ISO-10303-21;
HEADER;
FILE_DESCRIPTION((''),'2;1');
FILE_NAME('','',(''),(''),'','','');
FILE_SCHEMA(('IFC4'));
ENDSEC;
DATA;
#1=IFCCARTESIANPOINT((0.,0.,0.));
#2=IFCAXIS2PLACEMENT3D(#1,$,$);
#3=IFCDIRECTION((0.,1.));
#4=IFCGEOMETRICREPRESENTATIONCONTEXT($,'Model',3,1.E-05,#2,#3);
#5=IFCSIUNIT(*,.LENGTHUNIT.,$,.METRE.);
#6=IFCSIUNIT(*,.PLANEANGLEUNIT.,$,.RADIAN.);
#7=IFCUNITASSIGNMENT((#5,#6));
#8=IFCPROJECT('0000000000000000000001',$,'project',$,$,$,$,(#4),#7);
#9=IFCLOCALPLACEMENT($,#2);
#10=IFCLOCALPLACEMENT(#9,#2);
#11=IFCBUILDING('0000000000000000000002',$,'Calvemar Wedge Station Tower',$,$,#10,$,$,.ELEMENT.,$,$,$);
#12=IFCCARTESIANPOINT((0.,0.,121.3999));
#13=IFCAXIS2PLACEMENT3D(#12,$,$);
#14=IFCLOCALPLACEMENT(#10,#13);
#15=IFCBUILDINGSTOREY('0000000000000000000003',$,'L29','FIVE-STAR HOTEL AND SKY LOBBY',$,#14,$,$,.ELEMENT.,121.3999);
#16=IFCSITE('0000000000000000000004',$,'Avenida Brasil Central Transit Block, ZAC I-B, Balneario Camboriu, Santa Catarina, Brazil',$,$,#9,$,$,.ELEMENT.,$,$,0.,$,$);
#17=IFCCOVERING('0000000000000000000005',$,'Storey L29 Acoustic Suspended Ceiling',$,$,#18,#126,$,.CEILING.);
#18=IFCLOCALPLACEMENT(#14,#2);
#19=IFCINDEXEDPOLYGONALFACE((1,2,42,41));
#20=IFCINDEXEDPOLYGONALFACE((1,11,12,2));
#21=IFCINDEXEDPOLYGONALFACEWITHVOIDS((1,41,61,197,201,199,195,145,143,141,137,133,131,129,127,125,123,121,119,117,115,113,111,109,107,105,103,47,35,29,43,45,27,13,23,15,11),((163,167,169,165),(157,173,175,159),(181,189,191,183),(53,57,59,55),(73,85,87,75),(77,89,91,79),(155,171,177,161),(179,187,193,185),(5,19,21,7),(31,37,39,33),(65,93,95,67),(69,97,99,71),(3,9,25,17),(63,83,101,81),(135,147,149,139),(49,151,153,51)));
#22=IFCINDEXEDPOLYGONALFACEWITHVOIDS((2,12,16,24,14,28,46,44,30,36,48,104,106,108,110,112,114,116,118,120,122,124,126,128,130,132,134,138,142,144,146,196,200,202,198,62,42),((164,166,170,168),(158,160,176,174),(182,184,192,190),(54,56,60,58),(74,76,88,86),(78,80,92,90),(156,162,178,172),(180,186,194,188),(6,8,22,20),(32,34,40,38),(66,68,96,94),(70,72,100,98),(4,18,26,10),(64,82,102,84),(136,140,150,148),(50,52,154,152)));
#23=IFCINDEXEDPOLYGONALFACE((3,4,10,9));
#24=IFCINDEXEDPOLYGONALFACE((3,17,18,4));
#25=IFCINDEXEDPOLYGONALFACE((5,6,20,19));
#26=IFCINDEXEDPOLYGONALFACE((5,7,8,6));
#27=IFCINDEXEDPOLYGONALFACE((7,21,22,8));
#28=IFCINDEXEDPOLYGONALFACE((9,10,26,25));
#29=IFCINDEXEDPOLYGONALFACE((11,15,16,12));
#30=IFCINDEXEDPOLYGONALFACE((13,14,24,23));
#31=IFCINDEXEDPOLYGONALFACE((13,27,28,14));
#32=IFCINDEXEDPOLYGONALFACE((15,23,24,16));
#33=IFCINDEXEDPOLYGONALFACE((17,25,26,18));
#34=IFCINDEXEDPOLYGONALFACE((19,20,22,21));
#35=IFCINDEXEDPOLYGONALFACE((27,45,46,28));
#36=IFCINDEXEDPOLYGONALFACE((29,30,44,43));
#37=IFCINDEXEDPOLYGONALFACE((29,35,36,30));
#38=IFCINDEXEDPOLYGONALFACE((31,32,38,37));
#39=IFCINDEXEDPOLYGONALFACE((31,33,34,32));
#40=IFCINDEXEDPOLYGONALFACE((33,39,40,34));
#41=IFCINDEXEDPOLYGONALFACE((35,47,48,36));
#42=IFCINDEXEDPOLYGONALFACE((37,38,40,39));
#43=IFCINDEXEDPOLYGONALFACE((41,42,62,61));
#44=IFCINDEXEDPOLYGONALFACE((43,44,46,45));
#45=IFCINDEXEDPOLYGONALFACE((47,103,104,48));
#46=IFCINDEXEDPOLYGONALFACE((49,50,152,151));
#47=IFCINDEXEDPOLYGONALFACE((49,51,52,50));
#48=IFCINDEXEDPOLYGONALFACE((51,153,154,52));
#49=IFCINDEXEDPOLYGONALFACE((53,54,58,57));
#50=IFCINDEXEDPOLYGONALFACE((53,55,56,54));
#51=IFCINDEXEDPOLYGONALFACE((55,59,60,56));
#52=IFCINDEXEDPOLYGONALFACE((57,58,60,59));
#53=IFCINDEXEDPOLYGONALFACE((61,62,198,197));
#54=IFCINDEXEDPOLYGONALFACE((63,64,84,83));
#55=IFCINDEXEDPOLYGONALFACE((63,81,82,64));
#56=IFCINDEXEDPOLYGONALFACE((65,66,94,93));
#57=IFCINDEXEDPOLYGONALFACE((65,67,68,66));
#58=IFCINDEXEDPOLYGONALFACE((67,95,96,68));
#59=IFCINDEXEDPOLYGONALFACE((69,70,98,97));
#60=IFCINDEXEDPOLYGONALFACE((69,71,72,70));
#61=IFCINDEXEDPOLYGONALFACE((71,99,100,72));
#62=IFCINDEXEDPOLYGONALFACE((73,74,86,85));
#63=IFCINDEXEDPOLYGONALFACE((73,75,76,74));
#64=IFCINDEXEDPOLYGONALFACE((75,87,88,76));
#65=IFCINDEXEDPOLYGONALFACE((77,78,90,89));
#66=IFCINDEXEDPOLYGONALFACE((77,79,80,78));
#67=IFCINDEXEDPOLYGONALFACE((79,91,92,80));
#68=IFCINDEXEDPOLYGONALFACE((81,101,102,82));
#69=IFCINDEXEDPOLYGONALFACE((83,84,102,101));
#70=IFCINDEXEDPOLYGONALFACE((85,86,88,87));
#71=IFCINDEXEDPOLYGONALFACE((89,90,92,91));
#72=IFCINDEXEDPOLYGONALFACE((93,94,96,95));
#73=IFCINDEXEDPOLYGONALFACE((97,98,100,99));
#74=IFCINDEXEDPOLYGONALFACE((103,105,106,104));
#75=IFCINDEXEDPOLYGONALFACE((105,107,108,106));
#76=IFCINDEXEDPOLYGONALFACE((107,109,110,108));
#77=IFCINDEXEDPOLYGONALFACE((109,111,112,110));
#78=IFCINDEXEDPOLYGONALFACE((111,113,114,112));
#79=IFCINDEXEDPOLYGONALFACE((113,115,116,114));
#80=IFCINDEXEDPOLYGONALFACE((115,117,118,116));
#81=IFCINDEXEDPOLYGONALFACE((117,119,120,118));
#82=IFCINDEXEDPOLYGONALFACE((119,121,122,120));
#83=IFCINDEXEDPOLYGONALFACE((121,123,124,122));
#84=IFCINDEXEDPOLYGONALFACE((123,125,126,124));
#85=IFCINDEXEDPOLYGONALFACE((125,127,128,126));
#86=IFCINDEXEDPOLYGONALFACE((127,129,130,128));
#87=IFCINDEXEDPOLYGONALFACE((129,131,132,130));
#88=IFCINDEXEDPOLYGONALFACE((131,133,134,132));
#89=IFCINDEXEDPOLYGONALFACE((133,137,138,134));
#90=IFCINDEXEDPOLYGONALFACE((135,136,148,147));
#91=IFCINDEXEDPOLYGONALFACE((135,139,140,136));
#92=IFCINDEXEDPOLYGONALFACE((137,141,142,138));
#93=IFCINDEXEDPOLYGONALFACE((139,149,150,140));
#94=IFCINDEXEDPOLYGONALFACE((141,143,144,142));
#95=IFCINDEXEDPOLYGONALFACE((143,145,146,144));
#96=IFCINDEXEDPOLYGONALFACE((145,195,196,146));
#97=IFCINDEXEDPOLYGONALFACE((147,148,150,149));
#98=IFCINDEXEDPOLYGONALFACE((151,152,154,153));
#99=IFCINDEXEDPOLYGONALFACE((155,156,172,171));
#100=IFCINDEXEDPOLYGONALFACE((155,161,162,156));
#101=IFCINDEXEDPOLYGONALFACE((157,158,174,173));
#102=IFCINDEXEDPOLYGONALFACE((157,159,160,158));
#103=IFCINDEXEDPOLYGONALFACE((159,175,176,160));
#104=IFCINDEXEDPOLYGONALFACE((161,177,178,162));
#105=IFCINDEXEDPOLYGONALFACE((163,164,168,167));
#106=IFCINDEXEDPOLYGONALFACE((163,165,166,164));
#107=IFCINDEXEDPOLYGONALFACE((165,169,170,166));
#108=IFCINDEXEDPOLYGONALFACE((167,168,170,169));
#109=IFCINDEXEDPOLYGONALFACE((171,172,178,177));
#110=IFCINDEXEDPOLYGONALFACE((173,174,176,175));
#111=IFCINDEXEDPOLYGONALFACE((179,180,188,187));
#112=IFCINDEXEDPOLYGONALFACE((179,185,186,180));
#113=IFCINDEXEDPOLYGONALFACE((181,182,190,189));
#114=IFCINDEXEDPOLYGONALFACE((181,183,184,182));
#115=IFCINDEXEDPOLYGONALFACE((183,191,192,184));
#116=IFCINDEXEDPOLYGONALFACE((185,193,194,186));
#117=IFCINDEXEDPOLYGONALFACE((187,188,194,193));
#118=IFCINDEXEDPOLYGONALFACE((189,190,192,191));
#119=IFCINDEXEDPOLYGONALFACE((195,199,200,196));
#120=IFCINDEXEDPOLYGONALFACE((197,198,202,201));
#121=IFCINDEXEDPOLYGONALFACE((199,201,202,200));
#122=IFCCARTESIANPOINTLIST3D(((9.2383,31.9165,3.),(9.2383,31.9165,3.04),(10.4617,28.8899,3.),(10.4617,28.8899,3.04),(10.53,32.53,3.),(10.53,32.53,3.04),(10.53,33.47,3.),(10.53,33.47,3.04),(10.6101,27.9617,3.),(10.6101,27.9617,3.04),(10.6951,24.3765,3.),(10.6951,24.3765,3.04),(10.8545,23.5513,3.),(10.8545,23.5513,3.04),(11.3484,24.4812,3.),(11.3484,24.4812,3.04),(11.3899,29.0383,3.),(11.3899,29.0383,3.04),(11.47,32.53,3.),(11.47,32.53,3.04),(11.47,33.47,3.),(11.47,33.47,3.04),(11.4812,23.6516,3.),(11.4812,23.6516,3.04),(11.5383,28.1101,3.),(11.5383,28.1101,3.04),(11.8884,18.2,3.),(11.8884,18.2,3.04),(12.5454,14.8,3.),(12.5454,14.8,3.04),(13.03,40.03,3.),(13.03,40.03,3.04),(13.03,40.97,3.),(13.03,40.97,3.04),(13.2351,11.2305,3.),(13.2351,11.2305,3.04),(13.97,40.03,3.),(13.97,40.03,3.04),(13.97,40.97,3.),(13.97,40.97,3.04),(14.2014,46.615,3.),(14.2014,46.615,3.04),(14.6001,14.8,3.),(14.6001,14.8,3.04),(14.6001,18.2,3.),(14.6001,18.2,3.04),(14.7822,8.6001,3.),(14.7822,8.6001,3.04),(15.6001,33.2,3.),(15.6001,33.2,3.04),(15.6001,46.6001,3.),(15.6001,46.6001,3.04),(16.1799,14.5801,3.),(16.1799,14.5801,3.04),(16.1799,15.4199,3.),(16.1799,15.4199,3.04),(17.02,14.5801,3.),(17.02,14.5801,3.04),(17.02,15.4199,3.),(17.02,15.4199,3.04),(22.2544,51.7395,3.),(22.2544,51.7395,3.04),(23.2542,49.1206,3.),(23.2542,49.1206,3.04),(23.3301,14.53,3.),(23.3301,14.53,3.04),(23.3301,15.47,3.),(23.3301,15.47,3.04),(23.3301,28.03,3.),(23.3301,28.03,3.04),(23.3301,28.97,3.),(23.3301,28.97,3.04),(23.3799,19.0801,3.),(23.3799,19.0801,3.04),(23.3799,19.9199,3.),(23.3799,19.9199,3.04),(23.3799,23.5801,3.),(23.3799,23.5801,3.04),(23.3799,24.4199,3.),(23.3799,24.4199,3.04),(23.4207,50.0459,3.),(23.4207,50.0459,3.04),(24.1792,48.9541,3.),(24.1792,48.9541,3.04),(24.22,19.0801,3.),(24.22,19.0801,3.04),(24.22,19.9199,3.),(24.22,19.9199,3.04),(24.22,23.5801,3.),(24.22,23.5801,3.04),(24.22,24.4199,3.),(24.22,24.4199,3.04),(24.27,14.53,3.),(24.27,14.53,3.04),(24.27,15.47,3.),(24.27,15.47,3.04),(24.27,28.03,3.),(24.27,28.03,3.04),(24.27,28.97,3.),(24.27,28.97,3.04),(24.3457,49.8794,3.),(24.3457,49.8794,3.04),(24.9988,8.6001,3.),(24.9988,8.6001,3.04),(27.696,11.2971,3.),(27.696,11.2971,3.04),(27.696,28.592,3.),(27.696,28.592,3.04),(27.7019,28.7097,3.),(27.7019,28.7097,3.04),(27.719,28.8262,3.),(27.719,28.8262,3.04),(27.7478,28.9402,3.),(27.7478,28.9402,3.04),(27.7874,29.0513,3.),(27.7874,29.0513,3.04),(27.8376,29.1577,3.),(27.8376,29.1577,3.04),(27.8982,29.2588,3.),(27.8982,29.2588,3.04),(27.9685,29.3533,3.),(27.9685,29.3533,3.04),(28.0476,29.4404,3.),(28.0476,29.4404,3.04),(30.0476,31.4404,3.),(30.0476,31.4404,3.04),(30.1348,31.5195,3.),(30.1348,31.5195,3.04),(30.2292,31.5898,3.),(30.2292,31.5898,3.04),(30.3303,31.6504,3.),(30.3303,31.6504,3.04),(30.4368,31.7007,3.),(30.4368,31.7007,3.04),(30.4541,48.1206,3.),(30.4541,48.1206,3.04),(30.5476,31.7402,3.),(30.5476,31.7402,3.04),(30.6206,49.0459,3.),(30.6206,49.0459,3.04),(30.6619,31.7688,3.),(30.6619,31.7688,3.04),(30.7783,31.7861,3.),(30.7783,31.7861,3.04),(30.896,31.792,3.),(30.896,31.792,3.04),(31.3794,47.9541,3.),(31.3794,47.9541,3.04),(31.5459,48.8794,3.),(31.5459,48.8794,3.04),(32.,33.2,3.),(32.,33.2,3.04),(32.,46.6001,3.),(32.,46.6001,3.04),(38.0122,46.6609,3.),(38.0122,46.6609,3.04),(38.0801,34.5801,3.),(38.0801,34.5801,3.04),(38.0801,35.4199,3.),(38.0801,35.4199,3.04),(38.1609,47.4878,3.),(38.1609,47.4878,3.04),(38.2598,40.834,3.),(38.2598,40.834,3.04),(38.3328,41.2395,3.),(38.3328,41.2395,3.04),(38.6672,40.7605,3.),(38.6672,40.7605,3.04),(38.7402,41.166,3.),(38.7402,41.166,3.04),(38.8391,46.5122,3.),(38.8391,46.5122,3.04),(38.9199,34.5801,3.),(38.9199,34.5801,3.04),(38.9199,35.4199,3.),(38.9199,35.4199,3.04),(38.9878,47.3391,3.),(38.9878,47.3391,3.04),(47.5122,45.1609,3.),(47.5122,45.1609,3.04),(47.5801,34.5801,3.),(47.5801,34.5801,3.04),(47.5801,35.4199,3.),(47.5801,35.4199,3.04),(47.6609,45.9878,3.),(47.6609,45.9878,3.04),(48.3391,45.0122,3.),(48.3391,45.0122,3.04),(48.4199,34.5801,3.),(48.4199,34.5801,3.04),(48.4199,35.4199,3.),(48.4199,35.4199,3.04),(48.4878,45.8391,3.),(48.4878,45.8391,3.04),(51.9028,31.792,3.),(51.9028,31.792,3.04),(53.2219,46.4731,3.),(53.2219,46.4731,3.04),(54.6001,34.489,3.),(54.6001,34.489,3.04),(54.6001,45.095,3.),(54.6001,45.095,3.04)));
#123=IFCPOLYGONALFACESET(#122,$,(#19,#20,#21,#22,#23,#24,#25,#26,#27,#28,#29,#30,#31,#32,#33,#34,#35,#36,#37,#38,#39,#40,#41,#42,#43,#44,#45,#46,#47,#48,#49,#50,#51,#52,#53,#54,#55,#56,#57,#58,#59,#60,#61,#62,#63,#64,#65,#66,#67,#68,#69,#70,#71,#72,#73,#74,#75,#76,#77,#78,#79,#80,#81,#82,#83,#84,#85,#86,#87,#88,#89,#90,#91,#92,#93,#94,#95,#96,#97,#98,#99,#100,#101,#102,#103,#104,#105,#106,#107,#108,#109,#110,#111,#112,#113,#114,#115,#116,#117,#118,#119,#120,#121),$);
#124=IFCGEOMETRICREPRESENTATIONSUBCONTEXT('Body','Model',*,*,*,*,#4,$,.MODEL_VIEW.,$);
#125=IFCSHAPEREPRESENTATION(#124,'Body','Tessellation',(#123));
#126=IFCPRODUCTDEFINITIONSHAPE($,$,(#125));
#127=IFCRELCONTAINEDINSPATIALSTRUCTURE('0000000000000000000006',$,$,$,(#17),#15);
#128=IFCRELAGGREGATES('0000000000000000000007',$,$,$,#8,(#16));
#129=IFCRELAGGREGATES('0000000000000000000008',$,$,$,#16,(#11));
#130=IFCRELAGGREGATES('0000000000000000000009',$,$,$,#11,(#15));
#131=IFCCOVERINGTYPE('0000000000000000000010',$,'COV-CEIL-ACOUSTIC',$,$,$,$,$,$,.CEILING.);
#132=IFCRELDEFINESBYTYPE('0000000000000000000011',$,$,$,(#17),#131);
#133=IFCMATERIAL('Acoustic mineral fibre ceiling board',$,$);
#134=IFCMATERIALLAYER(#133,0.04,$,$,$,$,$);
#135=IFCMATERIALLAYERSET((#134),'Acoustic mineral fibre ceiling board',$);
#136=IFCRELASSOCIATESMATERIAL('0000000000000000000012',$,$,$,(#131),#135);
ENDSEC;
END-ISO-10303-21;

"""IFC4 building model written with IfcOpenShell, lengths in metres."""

from ifc_helpers import new_model, si_unit, direction, frame, origin, place, context, subcontext, project, spatial, polyline, outline, extrude, material, layer, layer_set, type_object, element, save


model = new_model("IFC4")

# Units and contexts
model_context = context("Model", 3, precision=1e-05, world=origin(), true_north=direction((0.0, 1.0)))
body_context = subcontext(model_context, "Body", "Model", "MODEL_VIEW")
ifc_project = project(units=[si_unit("LENGTHUNIT", "METRE"), si_unit("PLANEANGLEUNIT", "RADIAN")], contexts=[model_context])

# Site, building, storey
site_placement = place(None, origin())
site = spatial("IfcSite", under=ifc_project, at=site_placement, Name="Avenida Brasil Central Transit Block, ZAC I-B, Balneario Camboriu, Santa Catarina, Brazil", CompositionType="ELEMENT", RefElevation=0.0)
building_placement = place(site_placement, origin())
building = spatial("IfcBuilding", under=site, at=building_placement, Name="Calvemar Wedge Station Tower", CompositionType="ELEMENT")
storey_placement = place(building_placement, frame((0.0, 0.0, 121.3999)))
storey = spatial("IfcBuildingStorey", under=building, at=storey_placement, Name="L29", Description="FIVE-STAR HOTEL AND SKY LOBBY", CompositionType="ELEMENT", Elevation=121.3999)

# Covering
ifc_material_1 = material(Name="Acoustic mineral fibre ceiling board")
ifc_layer_1 = layer(ifc_material_1, 0.04)
ifc_layer_set_1 = layer_set([ifc_layer_1], Name="Acoustic mineral fibre ceiling board")
covering_type_1 = type_object("IfcCoveringType", Name="COV-CEIL-ACOUSTIC", PredefinedType="CEILING", material=ifc_layer_set_1)
covering_1_placement = place(storey_placement, frame((0.0, 0.0, 3.0)))
element("IfcCovering", 1, at=covering_1_placement, inside=storey, type_object=covering_type_1, Name="Storey L29 Acoustic Suspended Ceiling", PredefinedType="CEILING", context=body_context, shape_type="SweptSolid", body=[
    extrude(outline(polyline([(28.0476, 29.4404), (30.0476, 31.4404), (30.1348, 31.5195), (30.2292, 31.5898), (30.3303, 31.6504), (30.4368, 31.7007), (30.5476, 31.7402), (30.6619, 31.7688), (30.7783, 31.7861), (30.896, 31.792), (51.9028, 31.792), (54.6001, 34.489), (54.6001, 45.095), (53.2219, 46.4731), (22.2544, 51.7395), (14.2014, 46.615), (9.2383, 31.9165), (10.6951, 24.3765), (11.3484, 24.4812), (11.4812, 23.6516), (10.8545, 23.5513), (11.8884, 18.2), (14.6001, 18.2), (14.6001, 14.8), (12.5454, 14.8), (13.2351, 11.2305), (14.7822, 8.6001), (24.9988, 8.6001), (27.696, 11.2971), (27.696, 28.592), (27.7019, 28.7097), (27.719, 28.8262), (27.7478, 28.9402), (27.7874, 29.0513), (27.8376, 29.1577), (27.8982, 29.2588), (27.9685, 29.3533), (28.0476, 29.4404)]), holes=[polyline([(15.6001, 46.6001), (32.0, 46.6001), (32.0, 33.2), (15.6001, 33.2), (15.6001, 46.6001)]), polyline([(10.53, 32.53), (10.53, 33.47), (11.47, 33.47), (11.47, 32.53), (10.53, 32.53)]), polyline([(13.03, 40.97), (13.97, 40.97), (13.97, 40.03), (13.03, 40.03), (13.03, 40.97)]), polyline([(24.3457, 49.8794), (24.1792, 48.9541), (23.2542, 49.1206), (23.4207, 50.0459), (24.3457, 49.8794)]), polyline([(31.3794, 47.9541), (30.4541, 48.1206), (30.6206, 49.0459), (31.5459, 48.8794), (31.3794, 47.9541)]), polyline([(38.0122, 46.6609), (38.1609, 47.4878), (38.9878, 47.3391), (38.8391, 46.5122), (38.0122, 46.6609)]), polyline([(47.6609, 45.9878), (48.4878, 45.8391), (48.3391, 45.0122), (47.5122, 45.1609), (47.6609, 45.9878)]), polyline([(38.9199, 35.4199), (38.9199, 34.5801), (38.0801, 34.5801), (38.0801, 35.4199), (38.9199, 35.4199)]), polyline([(48.4199, 34.5801), (47.5801, 34.5801), (47.5801, 35.4199), (48.4199, 35.4199), (48.4199, 34.5801)]), polyline([(38.2598, 40.834), (38.3328, 41.2395), (38.7402, 41.166), (38.6672, 40.7605), (38.2598, 40.834)]), polyline([(11.3899, 29.0383), (11.5383, 28.1101), (10.6101, 27.9617), (10.4617, 28.8899), (11.3899, 29.0383)]), polyline([(24.27, 28.03), (23.3301, 28.03), (23.3301, 28.97), (24.27, 28.97), (24.27, 28.03)]), polyline([(23.3799, 23.5801), (23.3799, 24.4199), (24.22, 24.4199), (24.22, 23.5801), (23.3799, 23.5801)]), polyline([(23.3799, 19.9199), (24.22, 19.9199), (24.22, 19.0801), (23.3799, 19.0801), (23.3799, 19.9199)]), polyline([(24.27, 15.47), (24.27, 14.53), (23.3301, 14.53), (23.3301, 15.47), (24.27, 15.47)]), polyline([(17.02, 14.5801), (16.1799, 14.5801), (16.1799, 15.4199), (17.02, 15.4199), (17.02, 14.5801)])]), origin(), (0.0, 0.0, 1.0), 0.04),
])

save(model, "model.ifc")
